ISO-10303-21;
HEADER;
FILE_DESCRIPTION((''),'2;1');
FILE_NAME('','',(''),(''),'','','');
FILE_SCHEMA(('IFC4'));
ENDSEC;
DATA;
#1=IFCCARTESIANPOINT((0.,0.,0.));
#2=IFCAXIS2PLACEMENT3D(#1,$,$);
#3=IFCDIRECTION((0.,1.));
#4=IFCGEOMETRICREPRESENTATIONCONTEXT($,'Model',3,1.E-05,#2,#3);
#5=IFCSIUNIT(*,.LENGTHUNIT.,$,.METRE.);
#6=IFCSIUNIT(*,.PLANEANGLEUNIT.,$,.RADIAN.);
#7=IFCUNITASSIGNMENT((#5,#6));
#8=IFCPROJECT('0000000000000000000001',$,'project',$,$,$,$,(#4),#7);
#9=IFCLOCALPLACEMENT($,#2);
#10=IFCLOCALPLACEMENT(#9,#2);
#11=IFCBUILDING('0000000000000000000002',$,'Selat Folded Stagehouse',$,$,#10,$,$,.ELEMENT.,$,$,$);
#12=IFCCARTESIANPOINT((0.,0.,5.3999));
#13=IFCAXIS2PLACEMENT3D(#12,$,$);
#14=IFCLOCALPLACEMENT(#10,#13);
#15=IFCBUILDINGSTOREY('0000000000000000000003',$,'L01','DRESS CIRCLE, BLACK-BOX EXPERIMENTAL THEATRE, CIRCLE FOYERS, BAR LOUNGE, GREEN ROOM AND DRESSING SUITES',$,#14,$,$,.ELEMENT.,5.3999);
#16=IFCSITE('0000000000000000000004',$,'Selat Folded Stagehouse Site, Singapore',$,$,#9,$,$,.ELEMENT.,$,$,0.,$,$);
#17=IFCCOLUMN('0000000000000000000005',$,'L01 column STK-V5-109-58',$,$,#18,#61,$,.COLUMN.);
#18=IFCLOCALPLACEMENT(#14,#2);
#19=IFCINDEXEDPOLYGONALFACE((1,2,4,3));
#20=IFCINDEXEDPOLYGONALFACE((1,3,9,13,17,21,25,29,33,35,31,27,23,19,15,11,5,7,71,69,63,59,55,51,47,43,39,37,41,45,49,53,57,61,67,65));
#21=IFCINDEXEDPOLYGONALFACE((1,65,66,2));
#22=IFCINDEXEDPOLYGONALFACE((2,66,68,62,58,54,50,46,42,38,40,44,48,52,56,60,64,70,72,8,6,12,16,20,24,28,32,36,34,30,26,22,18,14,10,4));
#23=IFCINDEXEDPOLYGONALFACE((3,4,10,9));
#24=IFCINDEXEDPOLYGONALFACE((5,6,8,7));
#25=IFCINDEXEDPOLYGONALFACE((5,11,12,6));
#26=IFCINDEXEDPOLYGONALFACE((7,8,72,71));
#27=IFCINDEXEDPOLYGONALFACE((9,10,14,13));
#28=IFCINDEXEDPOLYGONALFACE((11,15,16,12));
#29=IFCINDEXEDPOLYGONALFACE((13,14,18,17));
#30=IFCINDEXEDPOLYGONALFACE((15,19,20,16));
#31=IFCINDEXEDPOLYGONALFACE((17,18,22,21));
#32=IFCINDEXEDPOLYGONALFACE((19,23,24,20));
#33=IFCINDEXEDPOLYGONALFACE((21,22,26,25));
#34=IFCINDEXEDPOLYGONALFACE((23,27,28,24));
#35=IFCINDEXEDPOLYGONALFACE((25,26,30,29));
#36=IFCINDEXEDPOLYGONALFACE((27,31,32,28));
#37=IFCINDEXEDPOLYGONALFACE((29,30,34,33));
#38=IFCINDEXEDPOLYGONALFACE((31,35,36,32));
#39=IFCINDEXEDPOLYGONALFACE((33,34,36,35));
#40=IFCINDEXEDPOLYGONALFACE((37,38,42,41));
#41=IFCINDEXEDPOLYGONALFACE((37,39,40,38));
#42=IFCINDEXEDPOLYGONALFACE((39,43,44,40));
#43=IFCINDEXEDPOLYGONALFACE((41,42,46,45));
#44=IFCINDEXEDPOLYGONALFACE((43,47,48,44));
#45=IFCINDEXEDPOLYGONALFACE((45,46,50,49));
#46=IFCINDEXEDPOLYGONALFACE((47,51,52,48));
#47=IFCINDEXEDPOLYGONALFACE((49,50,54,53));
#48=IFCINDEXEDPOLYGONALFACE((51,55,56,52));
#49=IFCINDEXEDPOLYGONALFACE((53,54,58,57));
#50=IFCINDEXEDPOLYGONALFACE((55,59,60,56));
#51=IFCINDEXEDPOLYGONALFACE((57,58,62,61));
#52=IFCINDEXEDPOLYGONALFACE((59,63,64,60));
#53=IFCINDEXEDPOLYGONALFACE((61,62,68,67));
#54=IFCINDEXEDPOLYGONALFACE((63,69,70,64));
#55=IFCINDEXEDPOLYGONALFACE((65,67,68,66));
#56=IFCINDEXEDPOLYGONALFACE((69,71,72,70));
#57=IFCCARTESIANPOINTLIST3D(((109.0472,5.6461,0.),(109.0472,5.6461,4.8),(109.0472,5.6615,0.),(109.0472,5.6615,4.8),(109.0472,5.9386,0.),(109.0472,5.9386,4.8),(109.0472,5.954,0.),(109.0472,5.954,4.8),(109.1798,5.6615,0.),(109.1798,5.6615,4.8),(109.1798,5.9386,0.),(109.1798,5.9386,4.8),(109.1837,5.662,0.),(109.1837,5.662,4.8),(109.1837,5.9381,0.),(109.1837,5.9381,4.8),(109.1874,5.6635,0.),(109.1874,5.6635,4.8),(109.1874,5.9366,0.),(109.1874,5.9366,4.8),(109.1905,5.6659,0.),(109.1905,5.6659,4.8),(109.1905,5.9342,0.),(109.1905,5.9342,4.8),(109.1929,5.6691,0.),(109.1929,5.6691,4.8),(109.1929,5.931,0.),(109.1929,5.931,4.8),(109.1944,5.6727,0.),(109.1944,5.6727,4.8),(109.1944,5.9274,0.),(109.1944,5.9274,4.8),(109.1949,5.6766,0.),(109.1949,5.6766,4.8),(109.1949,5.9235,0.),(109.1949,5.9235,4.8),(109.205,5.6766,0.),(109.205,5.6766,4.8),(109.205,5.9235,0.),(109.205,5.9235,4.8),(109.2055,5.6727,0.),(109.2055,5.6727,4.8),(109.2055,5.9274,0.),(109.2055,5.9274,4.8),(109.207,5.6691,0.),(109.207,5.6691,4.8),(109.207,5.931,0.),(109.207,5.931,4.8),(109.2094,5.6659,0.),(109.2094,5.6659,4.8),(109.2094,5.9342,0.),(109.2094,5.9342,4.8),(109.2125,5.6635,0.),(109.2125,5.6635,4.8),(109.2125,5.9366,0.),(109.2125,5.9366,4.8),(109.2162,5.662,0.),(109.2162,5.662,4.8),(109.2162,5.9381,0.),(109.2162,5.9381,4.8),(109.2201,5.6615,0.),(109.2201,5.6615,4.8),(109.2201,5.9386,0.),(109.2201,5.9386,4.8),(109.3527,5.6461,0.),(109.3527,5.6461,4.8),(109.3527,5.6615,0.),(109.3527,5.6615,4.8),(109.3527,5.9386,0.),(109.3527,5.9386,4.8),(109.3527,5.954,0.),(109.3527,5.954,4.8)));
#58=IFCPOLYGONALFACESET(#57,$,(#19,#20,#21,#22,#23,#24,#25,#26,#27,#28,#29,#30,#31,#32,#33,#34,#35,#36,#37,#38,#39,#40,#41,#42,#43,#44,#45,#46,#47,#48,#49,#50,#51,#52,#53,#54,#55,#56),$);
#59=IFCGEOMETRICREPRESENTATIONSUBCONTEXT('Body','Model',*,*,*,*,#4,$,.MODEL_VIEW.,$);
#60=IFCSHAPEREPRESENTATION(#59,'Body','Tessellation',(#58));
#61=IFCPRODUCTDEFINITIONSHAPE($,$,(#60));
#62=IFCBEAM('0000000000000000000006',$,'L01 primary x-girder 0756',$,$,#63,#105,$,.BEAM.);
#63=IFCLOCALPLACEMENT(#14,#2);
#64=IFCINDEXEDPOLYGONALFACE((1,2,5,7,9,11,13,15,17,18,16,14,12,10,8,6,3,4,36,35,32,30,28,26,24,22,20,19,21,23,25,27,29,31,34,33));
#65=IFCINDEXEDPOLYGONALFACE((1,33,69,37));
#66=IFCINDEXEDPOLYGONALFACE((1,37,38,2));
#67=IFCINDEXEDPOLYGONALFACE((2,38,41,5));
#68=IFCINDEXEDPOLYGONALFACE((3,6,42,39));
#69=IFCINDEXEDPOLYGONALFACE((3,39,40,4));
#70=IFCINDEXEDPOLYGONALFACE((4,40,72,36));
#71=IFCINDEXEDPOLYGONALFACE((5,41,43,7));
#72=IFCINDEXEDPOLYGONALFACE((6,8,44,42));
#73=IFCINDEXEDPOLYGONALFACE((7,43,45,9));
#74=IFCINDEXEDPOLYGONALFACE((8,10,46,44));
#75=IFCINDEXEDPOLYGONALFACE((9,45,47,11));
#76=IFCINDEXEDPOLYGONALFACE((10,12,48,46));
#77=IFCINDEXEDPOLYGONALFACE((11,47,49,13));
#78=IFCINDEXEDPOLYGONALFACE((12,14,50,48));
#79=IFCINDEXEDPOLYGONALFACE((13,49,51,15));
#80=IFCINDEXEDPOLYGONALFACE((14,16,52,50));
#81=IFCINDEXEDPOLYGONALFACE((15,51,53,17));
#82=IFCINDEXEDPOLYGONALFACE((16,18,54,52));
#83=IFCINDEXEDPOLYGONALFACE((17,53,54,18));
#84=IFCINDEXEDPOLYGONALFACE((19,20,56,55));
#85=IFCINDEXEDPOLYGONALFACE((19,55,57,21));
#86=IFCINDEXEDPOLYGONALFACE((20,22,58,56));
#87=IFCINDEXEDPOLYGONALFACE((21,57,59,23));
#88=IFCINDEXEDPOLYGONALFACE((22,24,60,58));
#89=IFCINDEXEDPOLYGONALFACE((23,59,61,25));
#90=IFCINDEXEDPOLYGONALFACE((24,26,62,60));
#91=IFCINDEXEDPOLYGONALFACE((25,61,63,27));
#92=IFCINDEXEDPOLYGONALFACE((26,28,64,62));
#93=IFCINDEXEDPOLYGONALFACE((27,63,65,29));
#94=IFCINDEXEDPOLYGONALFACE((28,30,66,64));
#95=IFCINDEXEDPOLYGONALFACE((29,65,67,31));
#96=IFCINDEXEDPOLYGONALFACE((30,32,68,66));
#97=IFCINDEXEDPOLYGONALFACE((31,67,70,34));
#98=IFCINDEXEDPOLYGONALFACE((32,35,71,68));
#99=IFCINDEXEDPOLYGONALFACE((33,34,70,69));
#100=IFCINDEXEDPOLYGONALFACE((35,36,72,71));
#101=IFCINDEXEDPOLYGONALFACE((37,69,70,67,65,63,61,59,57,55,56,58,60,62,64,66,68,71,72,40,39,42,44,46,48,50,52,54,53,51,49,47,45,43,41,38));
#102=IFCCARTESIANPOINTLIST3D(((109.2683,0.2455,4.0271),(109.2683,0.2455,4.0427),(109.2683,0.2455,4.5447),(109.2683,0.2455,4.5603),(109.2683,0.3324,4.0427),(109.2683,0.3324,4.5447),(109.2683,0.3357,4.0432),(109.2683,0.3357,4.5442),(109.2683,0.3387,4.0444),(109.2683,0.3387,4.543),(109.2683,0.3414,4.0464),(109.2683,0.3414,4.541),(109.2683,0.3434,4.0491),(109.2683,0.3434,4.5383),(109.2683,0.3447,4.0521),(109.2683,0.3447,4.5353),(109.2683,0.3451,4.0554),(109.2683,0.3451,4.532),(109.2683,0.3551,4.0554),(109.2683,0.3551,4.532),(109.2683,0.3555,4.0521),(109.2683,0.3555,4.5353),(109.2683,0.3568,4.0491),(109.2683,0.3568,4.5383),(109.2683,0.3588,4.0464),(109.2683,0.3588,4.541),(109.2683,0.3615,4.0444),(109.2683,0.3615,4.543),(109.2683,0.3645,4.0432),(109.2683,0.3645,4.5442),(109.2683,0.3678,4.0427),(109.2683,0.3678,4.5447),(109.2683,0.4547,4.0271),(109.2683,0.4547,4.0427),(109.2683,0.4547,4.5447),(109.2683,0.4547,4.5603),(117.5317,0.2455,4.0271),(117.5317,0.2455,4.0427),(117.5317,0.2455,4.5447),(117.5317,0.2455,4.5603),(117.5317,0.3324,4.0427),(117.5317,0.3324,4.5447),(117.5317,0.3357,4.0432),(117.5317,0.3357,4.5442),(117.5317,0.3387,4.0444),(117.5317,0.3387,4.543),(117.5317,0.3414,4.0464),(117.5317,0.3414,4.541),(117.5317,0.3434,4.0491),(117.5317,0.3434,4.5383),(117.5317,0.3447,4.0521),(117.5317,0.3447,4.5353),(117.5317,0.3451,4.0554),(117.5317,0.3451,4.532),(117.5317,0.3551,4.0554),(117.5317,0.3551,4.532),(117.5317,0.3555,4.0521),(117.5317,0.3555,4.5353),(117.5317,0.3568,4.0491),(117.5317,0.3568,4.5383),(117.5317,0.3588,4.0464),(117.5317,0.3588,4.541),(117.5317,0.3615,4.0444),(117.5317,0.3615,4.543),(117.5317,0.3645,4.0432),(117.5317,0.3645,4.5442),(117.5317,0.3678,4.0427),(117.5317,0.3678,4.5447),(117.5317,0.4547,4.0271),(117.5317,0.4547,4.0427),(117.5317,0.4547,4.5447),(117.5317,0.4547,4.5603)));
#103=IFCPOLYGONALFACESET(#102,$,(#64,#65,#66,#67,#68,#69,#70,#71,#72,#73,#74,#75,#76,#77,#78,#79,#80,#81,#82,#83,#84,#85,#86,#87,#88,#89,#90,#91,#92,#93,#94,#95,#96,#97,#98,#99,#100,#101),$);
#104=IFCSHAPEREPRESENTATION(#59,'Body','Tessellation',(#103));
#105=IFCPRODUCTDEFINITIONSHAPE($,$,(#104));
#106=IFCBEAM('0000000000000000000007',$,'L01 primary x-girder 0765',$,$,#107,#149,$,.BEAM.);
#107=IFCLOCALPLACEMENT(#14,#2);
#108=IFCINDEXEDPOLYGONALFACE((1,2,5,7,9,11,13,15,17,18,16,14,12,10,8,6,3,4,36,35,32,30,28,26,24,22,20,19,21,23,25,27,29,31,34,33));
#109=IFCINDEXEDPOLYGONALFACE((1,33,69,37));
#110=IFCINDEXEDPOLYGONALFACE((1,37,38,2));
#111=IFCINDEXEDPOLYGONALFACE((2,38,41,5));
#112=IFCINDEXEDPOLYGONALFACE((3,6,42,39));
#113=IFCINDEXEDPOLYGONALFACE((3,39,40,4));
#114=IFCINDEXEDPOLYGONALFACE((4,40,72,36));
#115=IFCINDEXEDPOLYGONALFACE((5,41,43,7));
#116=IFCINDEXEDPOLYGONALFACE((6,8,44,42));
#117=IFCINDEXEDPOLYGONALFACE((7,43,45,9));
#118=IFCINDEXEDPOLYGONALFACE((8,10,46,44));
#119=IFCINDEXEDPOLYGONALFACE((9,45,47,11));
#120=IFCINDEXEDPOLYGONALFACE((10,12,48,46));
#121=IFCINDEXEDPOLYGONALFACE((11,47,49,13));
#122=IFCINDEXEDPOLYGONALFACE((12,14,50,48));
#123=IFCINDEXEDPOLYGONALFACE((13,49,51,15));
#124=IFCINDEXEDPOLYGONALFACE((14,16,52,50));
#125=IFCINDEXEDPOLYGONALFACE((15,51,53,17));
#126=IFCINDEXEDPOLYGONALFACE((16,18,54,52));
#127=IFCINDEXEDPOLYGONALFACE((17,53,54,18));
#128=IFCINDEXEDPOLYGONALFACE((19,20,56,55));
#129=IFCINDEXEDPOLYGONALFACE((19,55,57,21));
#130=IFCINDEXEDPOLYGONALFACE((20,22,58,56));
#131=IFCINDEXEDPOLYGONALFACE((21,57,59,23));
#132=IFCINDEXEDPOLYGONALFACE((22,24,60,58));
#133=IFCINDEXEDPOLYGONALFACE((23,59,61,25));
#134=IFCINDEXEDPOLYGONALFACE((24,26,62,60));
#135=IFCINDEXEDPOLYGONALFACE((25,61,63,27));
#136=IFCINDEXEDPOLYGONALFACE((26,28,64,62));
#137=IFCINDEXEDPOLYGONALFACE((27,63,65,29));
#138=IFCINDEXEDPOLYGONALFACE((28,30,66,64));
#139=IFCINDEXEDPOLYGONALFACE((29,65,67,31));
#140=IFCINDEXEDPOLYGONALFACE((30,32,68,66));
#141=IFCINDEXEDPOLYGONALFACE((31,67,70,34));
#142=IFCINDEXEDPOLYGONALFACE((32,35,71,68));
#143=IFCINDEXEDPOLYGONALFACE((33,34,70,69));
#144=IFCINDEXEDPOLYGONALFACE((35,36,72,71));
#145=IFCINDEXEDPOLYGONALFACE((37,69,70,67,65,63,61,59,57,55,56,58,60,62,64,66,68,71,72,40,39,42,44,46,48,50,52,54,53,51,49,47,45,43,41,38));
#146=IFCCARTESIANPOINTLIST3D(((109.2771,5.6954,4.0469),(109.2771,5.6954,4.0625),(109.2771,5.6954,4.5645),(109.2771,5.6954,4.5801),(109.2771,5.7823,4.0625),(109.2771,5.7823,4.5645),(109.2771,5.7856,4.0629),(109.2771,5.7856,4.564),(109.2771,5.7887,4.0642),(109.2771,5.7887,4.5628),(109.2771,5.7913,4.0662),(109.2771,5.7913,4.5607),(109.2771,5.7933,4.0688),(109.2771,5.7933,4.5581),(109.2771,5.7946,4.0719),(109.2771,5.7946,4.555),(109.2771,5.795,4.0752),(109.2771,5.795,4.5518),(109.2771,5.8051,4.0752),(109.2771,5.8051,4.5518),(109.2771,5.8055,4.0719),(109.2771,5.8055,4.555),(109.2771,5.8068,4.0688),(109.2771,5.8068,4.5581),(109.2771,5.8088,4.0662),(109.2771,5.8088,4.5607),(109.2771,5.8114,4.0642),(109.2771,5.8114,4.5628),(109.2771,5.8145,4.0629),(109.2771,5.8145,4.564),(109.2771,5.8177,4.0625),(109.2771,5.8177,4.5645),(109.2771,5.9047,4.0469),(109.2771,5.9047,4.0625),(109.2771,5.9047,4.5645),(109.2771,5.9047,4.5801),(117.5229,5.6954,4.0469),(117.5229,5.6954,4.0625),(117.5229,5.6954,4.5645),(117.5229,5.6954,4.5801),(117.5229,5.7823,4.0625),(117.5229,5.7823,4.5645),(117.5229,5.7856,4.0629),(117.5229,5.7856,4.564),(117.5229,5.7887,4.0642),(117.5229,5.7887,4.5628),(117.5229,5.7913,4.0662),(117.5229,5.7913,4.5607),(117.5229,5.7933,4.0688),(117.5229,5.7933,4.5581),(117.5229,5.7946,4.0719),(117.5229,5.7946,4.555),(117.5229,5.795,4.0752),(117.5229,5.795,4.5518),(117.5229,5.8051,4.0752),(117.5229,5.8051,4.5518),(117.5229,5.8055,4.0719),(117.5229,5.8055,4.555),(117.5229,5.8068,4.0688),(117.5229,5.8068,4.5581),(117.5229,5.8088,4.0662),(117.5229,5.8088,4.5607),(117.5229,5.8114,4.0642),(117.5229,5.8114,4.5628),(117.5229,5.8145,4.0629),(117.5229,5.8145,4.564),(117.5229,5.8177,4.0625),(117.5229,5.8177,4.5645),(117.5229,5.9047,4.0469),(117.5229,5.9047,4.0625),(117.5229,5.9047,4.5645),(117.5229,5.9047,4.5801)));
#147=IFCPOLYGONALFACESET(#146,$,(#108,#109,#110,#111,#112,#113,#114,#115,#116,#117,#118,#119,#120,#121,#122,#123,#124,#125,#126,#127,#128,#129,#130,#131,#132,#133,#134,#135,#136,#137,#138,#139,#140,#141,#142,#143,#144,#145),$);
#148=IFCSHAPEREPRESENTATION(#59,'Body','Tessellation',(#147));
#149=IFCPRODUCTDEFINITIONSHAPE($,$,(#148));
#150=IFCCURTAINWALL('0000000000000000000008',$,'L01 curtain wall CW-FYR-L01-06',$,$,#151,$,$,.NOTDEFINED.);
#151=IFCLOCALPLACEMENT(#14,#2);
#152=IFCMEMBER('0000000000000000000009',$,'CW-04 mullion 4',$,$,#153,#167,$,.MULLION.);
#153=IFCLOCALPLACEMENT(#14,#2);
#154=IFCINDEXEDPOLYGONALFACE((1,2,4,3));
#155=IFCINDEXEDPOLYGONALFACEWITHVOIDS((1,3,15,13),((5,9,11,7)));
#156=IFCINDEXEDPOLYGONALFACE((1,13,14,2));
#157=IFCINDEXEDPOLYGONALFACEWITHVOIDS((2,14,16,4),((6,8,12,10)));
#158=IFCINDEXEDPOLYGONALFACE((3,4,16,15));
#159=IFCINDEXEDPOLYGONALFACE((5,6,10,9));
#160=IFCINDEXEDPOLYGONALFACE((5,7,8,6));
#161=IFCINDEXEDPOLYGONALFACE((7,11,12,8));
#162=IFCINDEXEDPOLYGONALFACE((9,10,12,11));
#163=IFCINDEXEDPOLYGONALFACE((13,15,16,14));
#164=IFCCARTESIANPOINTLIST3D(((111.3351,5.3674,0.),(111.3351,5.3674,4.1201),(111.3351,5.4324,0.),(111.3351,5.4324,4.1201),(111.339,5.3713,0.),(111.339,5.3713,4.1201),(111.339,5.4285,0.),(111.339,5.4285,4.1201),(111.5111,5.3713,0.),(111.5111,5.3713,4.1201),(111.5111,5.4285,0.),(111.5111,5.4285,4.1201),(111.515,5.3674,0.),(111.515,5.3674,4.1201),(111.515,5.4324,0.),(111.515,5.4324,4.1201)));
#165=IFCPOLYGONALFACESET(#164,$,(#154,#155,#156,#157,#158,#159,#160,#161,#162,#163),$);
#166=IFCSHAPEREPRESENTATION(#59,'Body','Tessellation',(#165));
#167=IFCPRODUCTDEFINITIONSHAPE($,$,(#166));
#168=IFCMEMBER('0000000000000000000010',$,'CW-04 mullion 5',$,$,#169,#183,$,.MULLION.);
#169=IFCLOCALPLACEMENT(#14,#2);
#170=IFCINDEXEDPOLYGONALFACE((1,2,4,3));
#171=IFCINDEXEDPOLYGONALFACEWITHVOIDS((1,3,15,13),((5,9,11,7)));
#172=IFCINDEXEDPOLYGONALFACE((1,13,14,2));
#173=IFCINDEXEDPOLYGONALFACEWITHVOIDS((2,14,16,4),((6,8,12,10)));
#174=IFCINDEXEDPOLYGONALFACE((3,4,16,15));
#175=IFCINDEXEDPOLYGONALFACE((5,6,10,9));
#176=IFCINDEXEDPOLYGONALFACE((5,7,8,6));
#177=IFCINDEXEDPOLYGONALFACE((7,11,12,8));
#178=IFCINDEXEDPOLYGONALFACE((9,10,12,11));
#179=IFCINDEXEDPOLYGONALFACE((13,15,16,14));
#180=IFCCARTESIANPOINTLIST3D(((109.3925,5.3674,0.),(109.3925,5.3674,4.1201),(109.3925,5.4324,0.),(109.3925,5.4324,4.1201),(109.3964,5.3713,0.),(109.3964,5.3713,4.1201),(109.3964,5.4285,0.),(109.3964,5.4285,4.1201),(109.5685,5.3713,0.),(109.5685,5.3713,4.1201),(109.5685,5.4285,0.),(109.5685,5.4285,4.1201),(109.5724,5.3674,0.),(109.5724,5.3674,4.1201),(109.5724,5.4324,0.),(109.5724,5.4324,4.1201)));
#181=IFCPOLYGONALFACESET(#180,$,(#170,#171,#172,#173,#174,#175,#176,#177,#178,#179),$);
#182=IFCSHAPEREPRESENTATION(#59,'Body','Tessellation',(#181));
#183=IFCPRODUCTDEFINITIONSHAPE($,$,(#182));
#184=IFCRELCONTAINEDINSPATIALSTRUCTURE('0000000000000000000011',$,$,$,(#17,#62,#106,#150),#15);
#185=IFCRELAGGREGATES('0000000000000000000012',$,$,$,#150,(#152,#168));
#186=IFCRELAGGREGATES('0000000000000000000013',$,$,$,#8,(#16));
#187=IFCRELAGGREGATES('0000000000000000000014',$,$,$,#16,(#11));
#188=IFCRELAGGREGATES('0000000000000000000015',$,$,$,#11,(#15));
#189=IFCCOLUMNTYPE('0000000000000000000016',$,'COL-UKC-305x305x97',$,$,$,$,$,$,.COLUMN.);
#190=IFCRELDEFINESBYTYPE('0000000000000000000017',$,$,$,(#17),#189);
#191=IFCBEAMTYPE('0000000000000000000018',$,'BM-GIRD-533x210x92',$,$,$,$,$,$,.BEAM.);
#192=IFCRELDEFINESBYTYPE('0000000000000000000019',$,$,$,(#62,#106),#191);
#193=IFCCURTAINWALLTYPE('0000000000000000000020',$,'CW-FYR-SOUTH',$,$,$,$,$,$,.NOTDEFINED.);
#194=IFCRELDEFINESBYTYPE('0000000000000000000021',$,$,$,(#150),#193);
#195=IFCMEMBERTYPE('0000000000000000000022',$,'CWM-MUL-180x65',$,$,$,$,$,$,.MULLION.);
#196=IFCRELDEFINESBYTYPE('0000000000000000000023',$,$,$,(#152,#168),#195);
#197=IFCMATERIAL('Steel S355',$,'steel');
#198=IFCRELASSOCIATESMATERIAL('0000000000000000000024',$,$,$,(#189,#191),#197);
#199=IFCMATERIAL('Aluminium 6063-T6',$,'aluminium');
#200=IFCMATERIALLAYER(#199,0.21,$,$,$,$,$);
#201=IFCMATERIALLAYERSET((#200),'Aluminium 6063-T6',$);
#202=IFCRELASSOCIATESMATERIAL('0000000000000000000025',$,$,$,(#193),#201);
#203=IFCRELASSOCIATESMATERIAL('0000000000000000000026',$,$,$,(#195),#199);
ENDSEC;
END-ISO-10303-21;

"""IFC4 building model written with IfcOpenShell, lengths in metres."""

from ifc_helpers import new_model, si_unit, direction, frame, origin, origin_2d, place, context, subcontext, project, spatial, hollow_rectangle, i_section, extrude, material, layer, layer_set, material_profile, profile_set, type_object, element, aggregate, save


model = new_model("IFC4")

# Units and contexts
model_context = context("Model", 3, precision=1e-05, world=origin(), true_north=direction((0.0, 1.0)))
body_context = subcontext(model_context, "Body", "Model", "MODEL_VIEW")
ifc_project = project(units=[si_unit("LENGTHUNIT", "METRE"), si_unit("PLANEANGLEUNIT", "RADIAN")], contexts=[model_context])

# Site, building, storey
site_placement = place(None, origin())
site = spatial("IfcSite", under=ifc_project, at=site_placement, Name="Selat Folded Stagehouse Site, Singapore", CompositionType="ELEMENT", RefElevation=0.0)
building_placement = place(site_placement, origin())
building = spatial("IfcBuilding", under=site, at=building_placement, Name="Selat Folded Stagehouse", CompositionType="ELEMENT")
storey_placement = place(building_placement, frame((0.0, 0.0, 5.3999)))
storey = spatial("IfcBuildingStorey", under=building, at=storey_placement, Name="L01", Description="DRESS CIRCLE, BLACK-BOX EXPERIMENTAL THEATRE, CIRCLE FOYERS, BAR LOUNGE, GREEN ROOM AND DRESSING SUITES", CompositionType="ELEMENT", Elevation=5.3999)

# Column
ifc_material_1 = material(Name="Steel S355", Category="steel")
ifc_material_profile_1 = material_profile(ifc_material_1, i_section(OverallWidth=0.3054, OverallDepth=0.3079, WebThickness=0.01, FlangeThickness=0.0154, FilletRadius=0.0151, at=origin_2d()), Name="UKC 305x305x97")
ifc_profile_set_1 = profile_set([ifc_material_profile_1], Name="Steel S355")
column_type = type_object("IfcColumnType", Name="COL-UKC-305x305x97", PredefinedType="COLUMN", material=ifc_profile_set_1)
column_placement = place(storey_placement, frame((109.2, 5.8, 0.0), z_axis=(0.0, 0.0, 1.0), x_axis=(1.0, 0.0, 0.0)))
element("IfcColumn", 1, at=column_placement, inside=storey, type_object=column_type, Name="L01 column STK-V5-109-58", PredefinedType="COLUMN", context=body_context, shape_type="SweptSolid", body=[
    extrude(i_section(OverallWidth=0.3054, OverallDepth=0.3079, WebThickness=0.01, FlangeThickness=0.0154, FilletRadius=0.0151, at=origin_2d()), origin(), (0.0, 0.0, 1.0), 4.8),
])

# Beams
ifc_material_profile_2 = material_profile(ifc_material_1, i_section(OverallWidth=0.2092, OverallDepth=0.5332, WebThickness=0.01, FlangeThickness=0.0156, FilletRadius=0.0127, at=origin_2d()), Name="UKB 533x210x92")
ifc_profile_set_2 = profile_set([ifc_material_profile_2], Name="Steel S355")
beam_type_1 = type_object("IfcBeamType", Name="BM-GIRD-533x210x92", PredefinedType="BEAM", material=ifc_profile_set_2)
beam_1_placement = place(storey_placement, frame((109.2683, 0.3501, 4.2937), z_axis=(1.0, 0.0, 0.0), x_axis=(0.0, 1.0, 0.0)))
element("IfcBeam", 2, at=beam_1_placement, inside=storey, type_object=beam_type_1, Name="L01 primary x-girder 0756", PredefinedType="BEAM", context=body_context, shape_type="SweptSolid", body=[
    extrude(i_section(OverallWidth=0.2092, OverallDepth=0.5332, WebThickness=0.01, FlangeThickness=0.0156, FilletRadius=0.0127, at=origin_2d()), origin(), (0.0, 0.0, 1.0), 8.2634),
])
beam_2_placement = place(storey_placement, frame((109.2771, 5.8, 4.3135), z_axis=(1.0, 0.0, 0.0), x_axis=(0.0, 1.0, 0.0)))
element("IfcBeam", 3, at=beam_2_placement, inside=storey, type_object=beam_type_1, Name="L01 primary x-girder 0765", PredefinedType="BEAM", context=body_context, shape_type="SweptSolid", body=[
    extrude(i_section(OverallWidth=0.2092, OverallDepth=0.5332, WebThickness=0.01, FlangeThickness=0.0156, FilletRadius=0.0127, at=origin_2d()), origin(), (0.0, 0.0, 1.0), 8.2458),
])

# Curtain wall, members
ifc_material_2 = material(Name="Aluminium 6063-T6", Category="aluminium")
ifc_layer_1 = layer(ifc_material_2, 0.21)
ifc_layer_set_1 = layer_set([ifc_layer_1], Name="Aluminium 6063-T6")
curtain_wall_type = type_object("IfcCurtainWallType", Name="CW-FYR-SOUTH", PredefinedType="NOTDEFINED", material=ifc_layer_set_1)
curtain_wall_placement = place(storey_placement, origin())
curtain_wall = element("IfcCurtainWall", 4, at=curtain_wall_placement, inside=storey, type_object=curtain_wall_type, Name="L01 curtain wall CW-FYR-L01-06", PredefinedType="NOTDEFINED")
ifc_material_profile_3 = material_profile(ifc_material_2, hollow_rectangle(XDim=0.0649, YDim=0.1799, WallThickness=0.0039, at=origin_2d()), Name="ALU 180x65x4.0")
ifc_profile_set_3 = profile_set([ifc_material_profile_3], Name="Aluminium 6063-T6")
member_type_1 = type_object("IfcMemberType", Name="CWM-MUL-180x65", PredefinedType="MULLION", material=ifc_profile_set_3)
member_1_placement = place(storey_placement, frame((111.425, 5.3999, 0.0), z_axis=(0.0, 0.0, 1.0), x_axis=(0.0, -1.0, 0.0)))
member_1 = element("IfcMember", 5, at=member_1_placement, type_object=member_type_1, Name="CW-04 mullion 4", PredefinedType="MULLION", context=body_context, shape_type="SweptSolid", body=[
    extrude(hollow_rectangle(XDim=0.0649, YDim=0.1799, WallThickness=0.0039, at=origin_2d()), origin(), (0.0, 0.0, 1.0), 4.1201),
])
member_2_placement = place(storey_placement, frame((109.4824, 5.3999, 0.0), z_axis=(0.0, 0.0, 1.0), x_axis=(0.0, -1.0, 0.0)))
member_2 = element("IfcMember", 6, at=member_2_placement, type_object=member_type_1, Name="CW-04 mullion 5", PredefinedType="MULLION", context=body_context, shape_type="SweptSolid", body=[
    extrude(hollow_rectangle(XDim=0.0649, YDim=0.1799, WallThickness=0.0039, at=origin_2d()), origin(), (0.0, 0.0, 1.0), 4.1201),
])

aggregate(curtain_wall, [member_1, member_2])

save(model, "model.ifc")
